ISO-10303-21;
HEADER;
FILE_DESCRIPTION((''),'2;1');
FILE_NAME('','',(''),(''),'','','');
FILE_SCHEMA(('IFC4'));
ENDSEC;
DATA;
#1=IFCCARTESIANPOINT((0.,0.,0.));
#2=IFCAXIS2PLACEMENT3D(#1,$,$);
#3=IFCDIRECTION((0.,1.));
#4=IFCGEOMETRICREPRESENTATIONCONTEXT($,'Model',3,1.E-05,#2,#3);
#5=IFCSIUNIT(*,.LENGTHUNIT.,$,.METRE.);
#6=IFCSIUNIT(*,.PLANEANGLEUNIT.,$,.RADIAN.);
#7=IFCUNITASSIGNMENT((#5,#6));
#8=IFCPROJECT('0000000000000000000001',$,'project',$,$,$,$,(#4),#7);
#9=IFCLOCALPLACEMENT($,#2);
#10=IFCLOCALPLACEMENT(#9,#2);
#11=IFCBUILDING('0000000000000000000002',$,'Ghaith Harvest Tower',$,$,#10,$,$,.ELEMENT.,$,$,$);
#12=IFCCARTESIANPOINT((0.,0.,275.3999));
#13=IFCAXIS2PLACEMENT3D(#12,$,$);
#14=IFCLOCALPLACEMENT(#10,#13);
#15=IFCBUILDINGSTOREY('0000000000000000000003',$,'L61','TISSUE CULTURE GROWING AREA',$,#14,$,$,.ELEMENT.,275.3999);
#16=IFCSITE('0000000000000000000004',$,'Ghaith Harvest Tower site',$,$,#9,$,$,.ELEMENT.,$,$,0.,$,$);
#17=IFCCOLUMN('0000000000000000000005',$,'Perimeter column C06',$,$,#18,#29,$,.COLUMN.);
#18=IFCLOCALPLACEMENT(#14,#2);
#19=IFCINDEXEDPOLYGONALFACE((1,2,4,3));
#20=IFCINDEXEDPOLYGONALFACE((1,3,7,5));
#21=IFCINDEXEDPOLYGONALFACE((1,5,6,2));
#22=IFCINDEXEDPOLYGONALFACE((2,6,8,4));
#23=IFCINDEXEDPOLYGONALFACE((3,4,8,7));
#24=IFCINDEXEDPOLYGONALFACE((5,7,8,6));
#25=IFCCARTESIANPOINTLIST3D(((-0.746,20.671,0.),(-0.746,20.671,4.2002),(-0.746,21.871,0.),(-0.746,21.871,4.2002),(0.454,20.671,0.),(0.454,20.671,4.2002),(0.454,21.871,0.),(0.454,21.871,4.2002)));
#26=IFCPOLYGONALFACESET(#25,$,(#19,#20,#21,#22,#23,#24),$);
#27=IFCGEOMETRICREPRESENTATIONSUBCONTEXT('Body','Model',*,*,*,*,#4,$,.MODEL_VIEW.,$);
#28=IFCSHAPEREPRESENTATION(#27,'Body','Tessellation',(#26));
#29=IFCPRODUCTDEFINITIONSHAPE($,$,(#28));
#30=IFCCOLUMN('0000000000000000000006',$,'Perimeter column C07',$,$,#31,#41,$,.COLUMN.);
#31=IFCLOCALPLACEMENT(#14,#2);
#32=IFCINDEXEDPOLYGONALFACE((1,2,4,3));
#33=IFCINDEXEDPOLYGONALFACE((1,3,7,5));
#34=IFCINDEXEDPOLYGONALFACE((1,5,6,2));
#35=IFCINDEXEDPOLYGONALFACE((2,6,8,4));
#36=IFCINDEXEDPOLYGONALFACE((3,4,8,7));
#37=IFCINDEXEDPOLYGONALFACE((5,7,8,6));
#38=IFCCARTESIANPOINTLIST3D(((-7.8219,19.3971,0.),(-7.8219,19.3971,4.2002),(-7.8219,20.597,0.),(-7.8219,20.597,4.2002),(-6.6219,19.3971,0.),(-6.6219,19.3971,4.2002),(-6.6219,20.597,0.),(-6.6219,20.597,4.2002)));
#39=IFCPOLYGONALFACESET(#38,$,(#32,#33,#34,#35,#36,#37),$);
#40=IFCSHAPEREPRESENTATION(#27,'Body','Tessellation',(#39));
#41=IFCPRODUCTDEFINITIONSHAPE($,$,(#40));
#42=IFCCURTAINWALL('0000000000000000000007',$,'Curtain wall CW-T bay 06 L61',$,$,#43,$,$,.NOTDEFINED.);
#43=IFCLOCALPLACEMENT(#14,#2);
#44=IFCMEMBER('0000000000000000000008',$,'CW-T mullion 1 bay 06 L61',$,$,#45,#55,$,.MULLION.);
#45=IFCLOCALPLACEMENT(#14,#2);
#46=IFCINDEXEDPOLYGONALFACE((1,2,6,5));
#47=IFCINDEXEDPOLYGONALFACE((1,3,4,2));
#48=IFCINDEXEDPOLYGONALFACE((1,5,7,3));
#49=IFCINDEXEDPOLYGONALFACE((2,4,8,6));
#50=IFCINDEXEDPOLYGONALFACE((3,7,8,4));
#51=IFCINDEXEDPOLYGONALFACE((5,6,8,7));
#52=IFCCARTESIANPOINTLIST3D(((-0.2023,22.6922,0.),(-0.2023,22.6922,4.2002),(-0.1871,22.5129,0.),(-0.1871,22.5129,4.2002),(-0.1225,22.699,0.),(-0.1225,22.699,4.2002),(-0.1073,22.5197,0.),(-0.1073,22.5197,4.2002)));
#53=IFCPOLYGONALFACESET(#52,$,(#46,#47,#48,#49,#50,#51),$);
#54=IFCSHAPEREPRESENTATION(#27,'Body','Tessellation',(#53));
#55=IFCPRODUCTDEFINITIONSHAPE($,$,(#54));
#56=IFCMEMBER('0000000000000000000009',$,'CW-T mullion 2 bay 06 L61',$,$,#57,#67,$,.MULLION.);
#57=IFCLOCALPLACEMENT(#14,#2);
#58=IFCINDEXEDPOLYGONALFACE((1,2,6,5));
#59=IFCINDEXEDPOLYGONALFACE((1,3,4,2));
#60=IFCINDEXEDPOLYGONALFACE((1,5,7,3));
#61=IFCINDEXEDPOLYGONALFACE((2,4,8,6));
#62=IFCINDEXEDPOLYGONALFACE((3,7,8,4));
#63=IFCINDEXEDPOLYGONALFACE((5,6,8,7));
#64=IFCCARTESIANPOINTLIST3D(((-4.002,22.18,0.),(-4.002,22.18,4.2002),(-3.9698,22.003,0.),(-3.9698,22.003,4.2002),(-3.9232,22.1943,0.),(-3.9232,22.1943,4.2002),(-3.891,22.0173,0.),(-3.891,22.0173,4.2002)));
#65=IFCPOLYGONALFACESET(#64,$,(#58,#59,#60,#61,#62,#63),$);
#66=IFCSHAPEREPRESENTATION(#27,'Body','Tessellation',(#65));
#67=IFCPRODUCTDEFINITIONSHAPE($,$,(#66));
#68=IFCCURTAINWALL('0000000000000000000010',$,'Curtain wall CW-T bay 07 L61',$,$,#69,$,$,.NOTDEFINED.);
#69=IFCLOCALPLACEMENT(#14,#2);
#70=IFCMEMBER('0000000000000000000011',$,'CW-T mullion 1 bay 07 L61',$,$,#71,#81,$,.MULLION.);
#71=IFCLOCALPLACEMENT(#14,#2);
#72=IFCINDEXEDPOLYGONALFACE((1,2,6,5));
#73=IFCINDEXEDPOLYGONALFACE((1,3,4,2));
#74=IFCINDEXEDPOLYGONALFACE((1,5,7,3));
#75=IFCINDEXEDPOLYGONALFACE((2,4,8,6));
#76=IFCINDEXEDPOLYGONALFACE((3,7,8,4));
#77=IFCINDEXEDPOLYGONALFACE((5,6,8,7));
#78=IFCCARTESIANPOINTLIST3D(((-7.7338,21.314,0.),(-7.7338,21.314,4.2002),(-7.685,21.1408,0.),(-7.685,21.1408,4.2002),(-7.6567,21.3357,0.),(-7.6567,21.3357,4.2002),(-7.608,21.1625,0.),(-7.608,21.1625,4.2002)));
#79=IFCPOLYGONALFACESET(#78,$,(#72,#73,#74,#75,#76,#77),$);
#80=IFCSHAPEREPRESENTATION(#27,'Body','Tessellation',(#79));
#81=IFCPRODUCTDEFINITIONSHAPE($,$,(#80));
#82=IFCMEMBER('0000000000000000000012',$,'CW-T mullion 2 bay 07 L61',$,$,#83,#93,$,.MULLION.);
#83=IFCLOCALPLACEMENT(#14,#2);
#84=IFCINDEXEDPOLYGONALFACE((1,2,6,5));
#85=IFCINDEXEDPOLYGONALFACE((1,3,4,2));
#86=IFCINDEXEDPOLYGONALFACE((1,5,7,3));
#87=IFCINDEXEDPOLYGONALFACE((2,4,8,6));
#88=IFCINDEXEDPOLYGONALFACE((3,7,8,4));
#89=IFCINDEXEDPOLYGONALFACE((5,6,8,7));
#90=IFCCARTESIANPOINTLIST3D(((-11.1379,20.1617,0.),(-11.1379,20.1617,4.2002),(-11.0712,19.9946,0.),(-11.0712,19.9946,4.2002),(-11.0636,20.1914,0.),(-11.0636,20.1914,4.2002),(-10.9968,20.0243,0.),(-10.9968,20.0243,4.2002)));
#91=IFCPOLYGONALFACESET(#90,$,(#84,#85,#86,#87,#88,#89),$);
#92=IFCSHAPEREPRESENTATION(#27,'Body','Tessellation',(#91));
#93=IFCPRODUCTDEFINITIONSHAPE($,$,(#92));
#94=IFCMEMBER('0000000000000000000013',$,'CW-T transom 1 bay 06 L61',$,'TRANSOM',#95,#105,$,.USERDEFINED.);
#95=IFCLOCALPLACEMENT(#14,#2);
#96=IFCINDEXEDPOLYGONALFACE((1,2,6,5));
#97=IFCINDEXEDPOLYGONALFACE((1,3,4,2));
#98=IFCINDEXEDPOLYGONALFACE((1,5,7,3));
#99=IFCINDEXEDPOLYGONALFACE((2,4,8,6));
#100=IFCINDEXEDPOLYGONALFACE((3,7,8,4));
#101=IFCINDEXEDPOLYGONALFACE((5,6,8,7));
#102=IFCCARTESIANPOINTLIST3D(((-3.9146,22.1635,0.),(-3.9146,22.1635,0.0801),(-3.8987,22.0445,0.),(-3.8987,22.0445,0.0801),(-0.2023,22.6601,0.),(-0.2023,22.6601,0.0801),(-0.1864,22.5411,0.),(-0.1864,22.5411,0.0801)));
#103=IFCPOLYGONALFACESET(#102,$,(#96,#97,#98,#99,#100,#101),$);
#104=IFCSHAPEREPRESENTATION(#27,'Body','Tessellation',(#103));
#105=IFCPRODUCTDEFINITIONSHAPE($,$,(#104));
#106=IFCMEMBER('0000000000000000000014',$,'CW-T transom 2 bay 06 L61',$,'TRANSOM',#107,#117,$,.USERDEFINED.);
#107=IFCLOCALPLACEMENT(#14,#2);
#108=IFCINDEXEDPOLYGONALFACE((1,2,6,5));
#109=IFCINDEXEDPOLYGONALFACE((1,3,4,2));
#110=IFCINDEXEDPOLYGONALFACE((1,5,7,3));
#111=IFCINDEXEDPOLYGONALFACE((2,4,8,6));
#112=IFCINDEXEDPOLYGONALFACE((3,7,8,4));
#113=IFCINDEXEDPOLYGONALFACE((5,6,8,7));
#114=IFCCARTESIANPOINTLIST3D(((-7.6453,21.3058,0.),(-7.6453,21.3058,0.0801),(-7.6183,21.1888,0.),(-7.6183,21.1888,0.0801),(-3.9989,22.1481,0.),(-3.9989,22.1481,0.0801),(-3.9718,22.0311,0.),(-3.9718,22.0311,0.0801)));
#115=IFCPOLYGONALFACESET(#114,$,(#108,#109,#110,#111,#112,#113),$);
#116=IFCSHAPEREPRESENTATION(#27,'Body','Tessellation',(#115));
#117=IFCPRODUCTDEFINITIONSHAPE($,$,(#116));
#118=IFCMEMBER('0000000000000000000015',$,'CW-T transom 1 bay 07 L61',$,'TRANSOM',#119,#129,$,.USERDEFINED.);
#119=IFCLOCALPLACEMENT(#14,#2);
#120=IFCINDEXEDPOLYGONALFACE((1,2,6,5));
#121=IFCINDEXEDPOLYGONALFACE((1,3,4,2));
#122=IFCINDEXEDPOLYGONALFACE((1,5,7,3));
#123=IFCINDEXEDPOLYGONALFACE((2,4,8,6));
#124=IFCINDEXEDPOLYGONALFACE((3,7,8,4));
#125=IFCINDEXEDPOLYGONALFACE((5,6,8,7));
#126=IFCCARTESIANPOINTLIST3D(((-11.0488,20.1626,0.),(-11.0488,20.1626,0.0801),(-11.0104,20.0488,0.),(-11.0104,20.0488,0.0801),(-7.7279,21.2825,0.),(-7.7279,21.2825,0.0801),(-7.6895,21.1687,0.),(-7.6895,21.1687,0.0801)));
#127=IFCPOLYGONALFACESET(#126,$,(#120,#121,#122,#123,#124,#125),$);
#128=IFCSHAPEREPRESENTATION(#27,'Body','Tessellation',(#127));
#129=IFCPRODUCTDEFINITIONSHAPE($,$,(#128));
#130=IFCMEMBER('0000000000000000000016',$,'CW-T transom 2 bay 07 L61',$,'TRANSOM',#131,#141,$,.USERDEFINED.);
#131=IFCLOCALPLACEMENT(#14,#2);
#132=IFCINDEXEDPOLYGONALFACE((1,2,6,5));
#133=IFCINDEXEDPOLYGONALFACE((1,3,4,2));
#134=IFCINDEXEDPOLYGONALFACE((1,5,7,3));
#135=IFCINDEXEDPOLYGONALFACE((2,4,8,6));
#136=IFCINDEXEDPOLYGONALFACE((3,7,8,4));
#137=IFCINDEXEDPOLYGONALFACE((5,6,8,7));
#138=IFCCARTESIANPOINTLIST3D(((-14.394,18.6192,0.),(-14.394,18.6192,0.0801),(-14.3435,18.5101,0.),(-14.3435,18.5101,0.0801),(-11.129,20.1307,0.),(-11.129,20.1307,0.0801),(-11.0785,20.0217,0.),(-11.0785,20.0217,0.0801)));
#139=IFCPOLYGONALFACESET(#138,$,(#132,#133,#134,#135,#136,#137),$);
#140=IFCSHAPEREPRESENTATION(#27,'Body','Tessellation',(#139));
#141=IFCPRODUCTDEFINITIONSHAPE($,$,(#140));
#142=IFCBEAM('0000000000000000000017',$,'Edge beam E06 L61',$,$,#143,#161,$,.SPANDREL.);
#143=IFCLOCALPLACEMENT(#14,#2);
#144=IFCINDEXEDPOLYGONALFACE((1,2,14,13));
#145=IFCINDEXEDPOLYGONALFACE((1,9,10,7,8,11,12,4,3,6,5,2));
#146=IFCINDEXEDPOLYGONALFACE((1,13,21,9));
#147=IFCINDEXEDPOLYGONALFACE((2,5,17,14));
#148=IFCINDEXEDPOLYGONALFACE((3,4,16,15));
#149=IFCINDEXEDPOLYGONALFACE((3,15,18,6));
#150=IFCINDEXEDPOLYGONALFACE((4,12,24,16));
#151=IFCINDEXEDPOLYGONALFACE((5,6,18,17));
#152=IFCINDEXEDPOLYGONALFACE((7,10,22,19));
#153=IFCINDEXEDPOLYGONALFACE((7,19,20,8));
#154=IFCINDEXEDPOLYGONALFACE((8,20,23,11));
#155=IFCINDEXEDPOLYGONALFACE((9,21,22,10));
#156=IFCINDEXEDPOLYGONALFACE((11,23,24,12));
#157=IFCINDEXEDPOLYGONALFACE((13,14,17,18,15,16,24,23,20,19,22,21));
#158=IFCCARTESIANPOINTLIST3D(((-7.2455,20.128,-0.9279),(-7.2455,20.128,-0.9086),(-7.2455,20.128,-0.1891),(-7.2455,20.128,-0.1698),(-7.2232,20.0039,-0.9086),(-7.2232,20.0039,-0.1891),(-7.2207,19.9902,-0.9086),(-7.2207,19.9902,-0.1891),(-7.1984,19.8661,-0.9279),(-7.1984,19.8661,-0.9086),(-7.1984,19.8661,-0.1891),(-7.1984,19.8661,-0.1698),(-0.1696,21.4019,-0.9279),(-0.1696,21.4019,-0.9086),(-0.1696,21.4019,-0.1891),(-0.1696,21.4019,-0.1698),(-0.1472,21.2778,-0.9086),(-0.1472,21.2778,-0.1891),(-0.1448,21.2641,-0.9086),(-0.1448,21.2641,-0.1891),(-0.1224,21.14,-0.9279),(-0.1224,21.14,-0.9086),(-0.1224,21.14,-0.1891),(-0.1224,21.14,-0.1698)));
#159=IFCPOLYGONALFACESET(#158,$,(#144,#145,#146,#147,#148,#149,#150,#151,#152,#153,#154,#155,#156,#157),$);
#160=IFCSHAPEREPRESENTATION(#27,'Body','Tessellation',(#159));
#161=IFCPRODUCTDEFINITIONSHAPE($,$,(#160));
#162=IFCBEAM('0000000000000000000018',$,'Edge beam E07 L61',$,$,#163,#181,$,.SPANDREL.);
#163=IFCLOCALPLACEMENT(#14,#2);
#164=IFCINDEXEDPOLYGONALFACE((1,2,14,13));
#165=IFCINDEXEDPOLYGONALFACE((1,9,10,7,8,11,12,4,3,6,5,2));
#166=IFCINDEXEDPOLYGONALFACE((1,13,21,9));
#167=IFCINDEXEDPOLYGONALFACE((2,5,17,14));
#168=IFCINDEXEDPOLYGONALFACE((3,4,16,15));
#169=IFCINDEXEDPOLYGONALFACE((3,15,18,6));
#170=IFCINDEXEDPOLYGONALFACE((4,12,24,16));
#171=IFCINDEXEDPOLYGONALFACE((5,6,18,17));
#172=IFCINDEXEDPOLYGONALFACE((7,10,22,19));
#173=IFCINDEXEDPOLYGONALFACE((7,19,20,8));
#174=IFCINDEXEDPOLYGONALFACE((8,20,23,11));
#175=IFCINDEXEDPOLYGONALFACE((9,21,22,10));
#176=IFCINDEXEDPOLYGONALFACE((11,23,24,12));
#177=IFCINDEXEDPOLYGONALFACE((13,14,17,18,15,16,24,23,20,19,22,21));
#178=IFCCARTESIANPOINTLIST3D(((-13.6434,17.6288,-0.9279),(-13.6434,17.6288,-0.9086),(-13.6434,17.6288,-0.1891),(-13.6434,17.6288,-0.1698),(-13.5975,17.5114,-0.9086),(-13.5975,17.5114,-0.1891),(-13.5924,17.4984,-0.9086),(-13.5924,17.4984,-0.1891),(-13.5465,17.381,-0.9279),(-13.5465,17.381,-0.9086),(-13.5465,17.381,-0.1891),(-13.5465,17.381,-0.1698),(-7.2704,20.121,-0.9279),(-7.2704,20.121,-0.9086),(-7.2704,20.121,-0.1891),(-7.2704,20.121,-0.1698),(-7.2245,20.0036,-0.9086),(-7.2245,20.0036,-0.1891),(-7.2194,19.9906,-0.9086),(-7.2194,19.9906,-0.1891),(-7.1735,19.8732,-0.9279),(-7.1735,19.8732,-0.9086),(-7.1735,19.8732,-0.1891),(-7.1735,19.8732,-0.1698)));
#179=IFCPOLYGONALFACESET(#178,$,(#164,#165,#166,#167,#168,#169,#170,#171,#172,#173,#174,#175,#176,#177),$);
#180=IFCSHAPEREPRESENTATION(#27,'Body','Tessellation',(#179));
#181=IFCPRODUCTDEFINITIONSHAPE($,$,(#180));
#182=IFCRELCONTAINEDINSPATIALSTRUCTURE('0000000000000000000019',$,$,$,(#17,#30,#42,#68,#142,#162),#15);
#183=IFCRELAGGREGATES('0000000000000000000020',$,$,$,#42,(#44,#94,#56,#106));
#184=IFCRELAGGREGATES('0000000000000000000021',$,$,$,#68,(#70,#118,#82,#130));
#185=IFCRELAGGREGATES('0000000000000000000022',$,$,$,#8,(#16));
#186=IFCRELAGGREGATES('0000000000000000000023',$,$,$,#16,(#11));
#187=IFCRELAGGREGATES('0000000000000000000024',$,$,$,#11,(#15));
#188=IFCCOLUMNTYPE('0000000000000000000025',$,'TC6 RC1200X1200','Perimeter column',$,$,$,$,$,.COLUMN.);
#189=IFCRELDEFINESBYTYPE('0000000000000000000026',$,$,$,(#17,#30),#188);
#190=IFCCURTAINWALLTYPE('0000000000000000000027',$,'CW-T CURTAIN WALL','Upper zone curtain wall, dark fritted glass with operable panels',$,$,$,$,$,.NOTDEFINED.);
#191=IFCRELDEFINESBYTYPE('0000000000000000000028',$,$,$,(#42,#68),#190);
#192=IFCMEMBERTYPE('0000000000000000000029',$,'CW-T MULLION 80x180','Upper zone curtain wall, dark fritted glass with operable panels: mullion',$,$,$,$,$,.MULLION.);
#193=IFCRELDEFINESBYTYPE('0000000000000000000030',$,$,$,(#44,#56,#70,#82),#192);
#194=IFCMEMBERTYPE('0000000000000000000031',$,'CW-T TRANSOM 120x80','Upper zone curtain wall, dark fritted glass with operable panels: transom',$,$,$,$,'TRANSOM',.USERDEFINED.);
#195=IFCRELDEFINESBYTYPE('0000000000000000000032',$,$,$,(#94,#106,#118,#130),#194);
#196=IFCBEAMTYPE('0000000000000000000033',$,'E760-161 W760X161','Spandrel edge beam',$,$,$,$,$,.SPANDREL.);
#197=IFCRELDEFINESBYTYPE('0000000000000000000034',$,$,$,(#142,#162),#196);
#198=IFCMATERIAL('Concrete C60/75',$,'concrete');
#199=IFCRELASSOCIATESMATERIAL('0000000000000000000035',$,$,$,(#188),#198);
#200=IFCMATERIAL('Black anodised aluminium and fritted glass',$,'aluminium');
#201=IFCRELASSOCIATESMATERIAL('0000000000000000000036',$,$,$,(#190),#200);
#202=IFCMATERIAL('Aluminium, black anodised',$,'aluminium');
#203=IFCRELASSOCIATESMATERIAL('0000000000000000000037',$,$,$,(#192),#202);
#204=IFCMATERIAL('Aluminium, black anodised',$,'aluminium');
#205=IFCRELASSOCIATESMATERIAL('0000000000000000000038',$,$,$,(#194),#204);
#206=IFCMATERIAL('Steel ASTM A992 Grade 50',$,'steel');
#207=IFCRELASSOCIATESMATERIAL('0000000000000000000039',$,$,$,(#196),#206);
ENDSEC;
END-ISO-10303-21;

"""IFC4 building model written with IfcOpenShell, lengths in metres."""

from ifc_helpers import new_model, si_unit, direction, frame, origin, origin_2d, place, context, subcontext, project, spatial, rectangle, i_section, extrude, material, material_profile, profile_set, type_object, element, aggregate, save


model = new_model("IFC4")

# Units and contexts
model_context = context("Model", 3, precision=1e-05, world=origin(), true_north=direction((0.0, 1.0)))
body_context = subcontext(model_context, "Body", "Model", "MODEL_VIEW")
ifc_project = project(units=[si_unit("LENGTHUNIT", "METRE"), si_unit("PLANEANGLEUNIT", "RADIAN")], contexts=[model_context])

# Site, building, storey
site_placement = place(None, origin())
site = spatial("IfcSite", under=ifc_project, at=site_placement, Name="Ghaith Harvest Tower site", CompositionType="ELEMENT", RefElevation=0.0)
building_placement = place(site_placement, origin())
building = spatial("IfcBuilding", under=site, at=building_placement, Name="Ghaith Harvest Tower", CompositionType="ELEMENT")
storey_placement = place(building_placement, frame((0.0, 0.0, 275.3999)))
storey = spatial("IfcBuildingStorey", under=building, at=storey_placement, Name="L61", Description="TISSUE CULTURE GROWING AREA", CompositionType="ELEMENT", Elevation=275.3999)

# Columns
ifc_material_1 = material(Name="Concrete C60/75", Category="concrete")
ifc_material_profile_1 = material_profile(ifc_material_1, rectangle(XDim=1.2, YDim=1.2, at=origin_2d()), Name="RC1200X1200")
ifc_profile_set_1 = profile_set([ifc_material_profile_1], Name="Concrete C60/75")
column_type = type_object("IfcColumnType", Name="TC6 RC1200X1200", Description="Perimeter column", PredefinedType="COLUMN", material=ifc_profile_set_1)
for number, where, z_axis, x_axis, name in (
    (1, (-0.146, 21.271, 0.0), (0.0, 0.0, 1.0), (1.0, 0.0, 0.0), "Perimeter column C06"),
    (2, (-7.2219, 19.9971, 0.0), (0.0, 0.0, 1.0), (1.0, 0.0, 0.0), "Perimeter column C07"),
):
    element("IfcColumn", number, at=place(storey_placement, frame(where, z_axis=z_axis, x_axis=x_axis)), inside=storey, type_object=column_type, Name=name, PredefinedType="COLUMN", context=body_context, shape_type="SweptSolid", body=[
        extrude(rectangle(XDim=1.2, YDim=1.2, at=origin_2d()), origin(), (0.0, 0.0, 1.0), 4.2002),
    ])

# Curtain walls, members
ifc_material_2 = material(Name="Black anodised aluminium and fritted glass", Category="aluminium")
curtain_wall_type = type_object("IfcCurtainWallType", Name="CW-T CURTAIN WALL", Description="Upper zone curtain wall, dark fritted glass with operable panels", PredefinedType="NOTDEFINED", material=ifc_material_2)
curtain_wall_1_placement = place(storey_placement, origin())
curtain_wall_1 = element("IfcCurtainWall", 3, at=curtain_wall_1_placement, inside=storey, type_object=curtain_wall_type, Name="Curtain wall CW-T bay 06 L61", PredefinedType="NOTDEFINED")
ifc_material_3 = material(Name="Aluminium, black anodised", Category="aluminium")
ifc_material_profile_2 = material_profile(ifc_material_3, rectangle(XDim=0.0801, YDim=0.1799, at=origin_2d()), Name="CW-T MULLION 80x180")
ifc_profile_set_2 = profile_set([ifc_material_profile_2], Name="Aluminium, black anodised")
member_type_1 = type_object("IfcMemberType", Name="CW-T MULLION 80x180", Description="Upper zone curtain wall, dark fritted glass with operable panels: mullion", PredefinedType="MULLION", material=ifc_profile_set_2)
member_1_placement = place(storey_placement, frame((-0.1548, 22.606, 0.0), z_axis=(0.0, 0.0, 1.0), x_axis=(-0.996415, -0.084602, 0.0)))
member_1 = element("IfcMember", 4, at=member_1_placement, type_object=member_type_1, Name="CW-T mullion 1 bay 06 L61", PredefinedType="MULLION", context=body_context, shape_type="SweptSolid", body=[
    extrude(rectangle(XDim=0.0801, YDim=0.1799, at=origin_2d()), origin(), (0.0, 0.0, 1.0), 4.2002),
])
member_2_placement = place(storey_placement, frame((-3.9465, 22.0986, 0.0), z_axis=(0.0, 0.0, 1.0), x_axis=(-0.983843, -0.179031, 0.0)))
member_2 = element("IfcMember", 5, at=member_2_placement, type_object=member_type_1, Name="CW-T mullion 2 bay 06 L61", PredefinedType="MULLION", context=body_context, shape_type="SweptSolid", body=[
    extrude(rectangle(XDim=0.0801, YDim=0.1799, at=origin_2d()), origin(), (0.0, 0.0, 1.0), 4.2002),
])
curtain_wall_2_placement = place(storey_placement, origin())
curtain_wall_2 = element("IfcCurtainWall", 6, at=curtain_wall_2_placement, inside=storey, type_object=curtain_wall_type, Name="Curtain wall CW-T bay 07 L61", PredefinedType="NOTDEFINED")
member_3_placement = place(storey_placement, frame((-7.6709, 21.2383, 0.0), z_axis=(0.0, 0.0, 1.0), x_axis=(-0.962552, -0.271095, 0.0)))
member_3 = element("IfcMember", 7, at=member_3_placement, type_object=member_type_1, Name="CW-T mullion 1 bay 07 L61", PredefinedType="MULLION", context=body_context, shape_type="SweptSolid", body=[
    extrude(rectangle(XDim=0.0801, YDim=0.1799, at=origin_2d()), origin(), (0.0, 0.0, 1.0), 4.2002),
])
member_4_placement = place(storey_placement, frame((-11.0674, 20.093, 0.0), z_axis=(0.0, 0.0, 1.0), x_axis=(-0.928624, -0.371021, 0.0)))
member_4 = element("IfcMember", 8, at=member_4_placement, type_object=member_type_1, Name="CW-T mullion 2 bay 07 L61", PredefinedType="MULLION", context=body_context, shape_type="SweptSolid", body=[
    extrude(rectangle(XDim=0.0801, YDim=0.1799, at=origin_2d()), origin(), (0.0, 0.0, 1.0), 4.2002),
])

# Members
ifc_material_4 = material(Name="Aluminium, black anodised", Category="aluminium")
ifc_material_profile_3 = material_profile(ifc_material_4, rectangle(XDim=0.1201, YDim=0.0801, at=origin_2d()), Name="CW-T TRANSOM 120x80")
ifc_profile_set_3 = profile_set([ifc_material_profile_3], Name="Aluminium, black anodised")
member_type_2 = type_object("IfcMemberType", Name="CW-T TRANSOM 120x80", Description="Upper zone curtain wall, dark fritted glass with operable panels: transom", ElementType="TRANSOM", PredefinedType="USERDEFINED", material=ifc_profile_set_3)
member_5_placement = place(storey_placement, frame((-0.1943, 22.6006, 0.04), z_axis=(-0.991172, -0.132582, 0.0), x_axis=(0.132582, -0.991172, 0.0)))
member_5 = element("IfcMember", 9, at=member_5_placement, type_object=member_type_2, Name="CW-T transom 1 bay 06 L61", ObjectType="TRANSOM", PredefinedType="USERDEFINED", context=body_context, shape_type="SweptSolid", body=[
    extrude(rectangle(XDim=0.1201, YDim=0.0801, at=origin_2d()), origin(), (0.0, 0.0, 1.0), 3.7454),
])
member_6_placement = place(storey_placement, frame((-3.9854, 22.0896, 0.04), z_axis=(-0.974345, -0.22506, 0.0), x_axis=(0.22506, -0.974345, 0.0)))
member_6 = element("IfcMember", 10, at=member_6_placement, type_object=member_type_2, Name="CW-T transom 2 bay 06 L61", ObjectType="TRANSOM", PredefinedType="USERDEFINED", context=body_context, shape_type="SweptSolid", body=[
    extrude(rectangle(XDim=0.1201, YDim=0.0801, at=origin_2d()), origin(), (0.0, 0.0, 1.0), 3.7424),
])
member_7_placement = place(storey_placement, frame((-7.7087, 21.2256, 0.04), z_axis=(-0.94757, -0.319549, 0.0), x_axis=(0.319549, -0.94757, 0.0)))
member_7 = element("IfcMember", 11, at=member_7_placement, type_object=member_type_2, Name="CW-T transom 1 bay 07 L61", ObjectType="TRANSOM", PredefinedType="USERDEFINED", context=body_context, shape_type="SweptSolid", body=[
    extrude(rectangle(XDim=0.1201, YDim=0.0801, at=origin_2d()), origin(), (0.0, 0.0, 1.0), 3.5046),
])
member_8_placement = place(storey_placement, frame((-11.1038, 20.0762, 0.04), z_axis=(-0.907472, -0.420112, 0.0), x_axis=(0.420112, -0.907472, 0.0)))
member_8 = element("IfcMember", 12, at=member_8_placement, type_object=member_type_2, Name="CW-T transom 2 bay 07 L61", ObjectType="TRANSOM", PredefinedType="USERDEFINED", context=body_context, shape_type="SweptSolid", body=[
    extrude(rectangle(XDim=0.1201, YDim=0.0801, at=origin_2d()), origin(), (0.0, 0.0, 1.0), 3.5979),
])

# Beams
ifc_material_5 = material(Name="Steel ASTM A992 Grade 50", Category="steel")
ifc_material_profile_4 = material_profile(ifc_material_5, i_section(OverallWidth=0.2661, OverallDepth=0.7581, WebThickness=0.0139, FlangeThickness=0.0193, at=origin_2d()), Name="W760X161")
ifc_profile_set_4 = profile_set([ifc_material_profile_4], Name="Steel ASTM A992 Grade 50")
beam_type_1 = type_object("IfcBeamType", Name="E760-161 W760X161", Description="Spandrel edge beam", PredefinedType="SPANDREL", material=ifc_profile_set_4)
beam_1_placement = place(storey_placement, frame((-0.146, 21.271, -0.5488), z_axis=(-0.984177, -0.177188, 0.0), x_axis=(0.177188, -0.984177, 0.0)))
element("IfcBeam", 13, at=beam_1_placement, inside=storey, type_object=beam_type_1, Name="Edge beam E06 L61", PredefinedType="SPANDREL", context=body_context, shape_type="SweptSolid", body=[
    extrude(i_section(OverallWidth=0.2661, OverallDepth=0.7581, WebThickness=0.0139, FlangeThickness=0.0193, at=origin_2d()), origin(), (0.0, 0.0, 1.0), 7.1897),
])
beam_2_placement = place(storey_placement, frame((-7.2219, 19.9971, -0.5488), z_axis=(-0.931323, -0.364195, 0.0), x_axis=(0.364195, -0.931323, 0.0)))
element("IfcBeam", 14, at=beam_2_placement, inside=storey, type_object=beam_type_1, Name="Edge beam E07 L61", PredefinedType="SPANDREL", context=body_context, shape_type="SweptSolid", body=[
    extrude(i_section(OverallWidth=0.2661, OverallDepth=0.7581, WebThickness=0.0139, FlangeThickness=0.0193, at=origin_2d()), origin(), (0.0, 0.0, 1.0), 6.843),
])

aggregate(curtain_wall_1, [member_1, member_5, member_2, member_6])
aggregate(curtain_wall_2, [member_3, member_7, member_4, member_8])

save(model, "model.ifc")
